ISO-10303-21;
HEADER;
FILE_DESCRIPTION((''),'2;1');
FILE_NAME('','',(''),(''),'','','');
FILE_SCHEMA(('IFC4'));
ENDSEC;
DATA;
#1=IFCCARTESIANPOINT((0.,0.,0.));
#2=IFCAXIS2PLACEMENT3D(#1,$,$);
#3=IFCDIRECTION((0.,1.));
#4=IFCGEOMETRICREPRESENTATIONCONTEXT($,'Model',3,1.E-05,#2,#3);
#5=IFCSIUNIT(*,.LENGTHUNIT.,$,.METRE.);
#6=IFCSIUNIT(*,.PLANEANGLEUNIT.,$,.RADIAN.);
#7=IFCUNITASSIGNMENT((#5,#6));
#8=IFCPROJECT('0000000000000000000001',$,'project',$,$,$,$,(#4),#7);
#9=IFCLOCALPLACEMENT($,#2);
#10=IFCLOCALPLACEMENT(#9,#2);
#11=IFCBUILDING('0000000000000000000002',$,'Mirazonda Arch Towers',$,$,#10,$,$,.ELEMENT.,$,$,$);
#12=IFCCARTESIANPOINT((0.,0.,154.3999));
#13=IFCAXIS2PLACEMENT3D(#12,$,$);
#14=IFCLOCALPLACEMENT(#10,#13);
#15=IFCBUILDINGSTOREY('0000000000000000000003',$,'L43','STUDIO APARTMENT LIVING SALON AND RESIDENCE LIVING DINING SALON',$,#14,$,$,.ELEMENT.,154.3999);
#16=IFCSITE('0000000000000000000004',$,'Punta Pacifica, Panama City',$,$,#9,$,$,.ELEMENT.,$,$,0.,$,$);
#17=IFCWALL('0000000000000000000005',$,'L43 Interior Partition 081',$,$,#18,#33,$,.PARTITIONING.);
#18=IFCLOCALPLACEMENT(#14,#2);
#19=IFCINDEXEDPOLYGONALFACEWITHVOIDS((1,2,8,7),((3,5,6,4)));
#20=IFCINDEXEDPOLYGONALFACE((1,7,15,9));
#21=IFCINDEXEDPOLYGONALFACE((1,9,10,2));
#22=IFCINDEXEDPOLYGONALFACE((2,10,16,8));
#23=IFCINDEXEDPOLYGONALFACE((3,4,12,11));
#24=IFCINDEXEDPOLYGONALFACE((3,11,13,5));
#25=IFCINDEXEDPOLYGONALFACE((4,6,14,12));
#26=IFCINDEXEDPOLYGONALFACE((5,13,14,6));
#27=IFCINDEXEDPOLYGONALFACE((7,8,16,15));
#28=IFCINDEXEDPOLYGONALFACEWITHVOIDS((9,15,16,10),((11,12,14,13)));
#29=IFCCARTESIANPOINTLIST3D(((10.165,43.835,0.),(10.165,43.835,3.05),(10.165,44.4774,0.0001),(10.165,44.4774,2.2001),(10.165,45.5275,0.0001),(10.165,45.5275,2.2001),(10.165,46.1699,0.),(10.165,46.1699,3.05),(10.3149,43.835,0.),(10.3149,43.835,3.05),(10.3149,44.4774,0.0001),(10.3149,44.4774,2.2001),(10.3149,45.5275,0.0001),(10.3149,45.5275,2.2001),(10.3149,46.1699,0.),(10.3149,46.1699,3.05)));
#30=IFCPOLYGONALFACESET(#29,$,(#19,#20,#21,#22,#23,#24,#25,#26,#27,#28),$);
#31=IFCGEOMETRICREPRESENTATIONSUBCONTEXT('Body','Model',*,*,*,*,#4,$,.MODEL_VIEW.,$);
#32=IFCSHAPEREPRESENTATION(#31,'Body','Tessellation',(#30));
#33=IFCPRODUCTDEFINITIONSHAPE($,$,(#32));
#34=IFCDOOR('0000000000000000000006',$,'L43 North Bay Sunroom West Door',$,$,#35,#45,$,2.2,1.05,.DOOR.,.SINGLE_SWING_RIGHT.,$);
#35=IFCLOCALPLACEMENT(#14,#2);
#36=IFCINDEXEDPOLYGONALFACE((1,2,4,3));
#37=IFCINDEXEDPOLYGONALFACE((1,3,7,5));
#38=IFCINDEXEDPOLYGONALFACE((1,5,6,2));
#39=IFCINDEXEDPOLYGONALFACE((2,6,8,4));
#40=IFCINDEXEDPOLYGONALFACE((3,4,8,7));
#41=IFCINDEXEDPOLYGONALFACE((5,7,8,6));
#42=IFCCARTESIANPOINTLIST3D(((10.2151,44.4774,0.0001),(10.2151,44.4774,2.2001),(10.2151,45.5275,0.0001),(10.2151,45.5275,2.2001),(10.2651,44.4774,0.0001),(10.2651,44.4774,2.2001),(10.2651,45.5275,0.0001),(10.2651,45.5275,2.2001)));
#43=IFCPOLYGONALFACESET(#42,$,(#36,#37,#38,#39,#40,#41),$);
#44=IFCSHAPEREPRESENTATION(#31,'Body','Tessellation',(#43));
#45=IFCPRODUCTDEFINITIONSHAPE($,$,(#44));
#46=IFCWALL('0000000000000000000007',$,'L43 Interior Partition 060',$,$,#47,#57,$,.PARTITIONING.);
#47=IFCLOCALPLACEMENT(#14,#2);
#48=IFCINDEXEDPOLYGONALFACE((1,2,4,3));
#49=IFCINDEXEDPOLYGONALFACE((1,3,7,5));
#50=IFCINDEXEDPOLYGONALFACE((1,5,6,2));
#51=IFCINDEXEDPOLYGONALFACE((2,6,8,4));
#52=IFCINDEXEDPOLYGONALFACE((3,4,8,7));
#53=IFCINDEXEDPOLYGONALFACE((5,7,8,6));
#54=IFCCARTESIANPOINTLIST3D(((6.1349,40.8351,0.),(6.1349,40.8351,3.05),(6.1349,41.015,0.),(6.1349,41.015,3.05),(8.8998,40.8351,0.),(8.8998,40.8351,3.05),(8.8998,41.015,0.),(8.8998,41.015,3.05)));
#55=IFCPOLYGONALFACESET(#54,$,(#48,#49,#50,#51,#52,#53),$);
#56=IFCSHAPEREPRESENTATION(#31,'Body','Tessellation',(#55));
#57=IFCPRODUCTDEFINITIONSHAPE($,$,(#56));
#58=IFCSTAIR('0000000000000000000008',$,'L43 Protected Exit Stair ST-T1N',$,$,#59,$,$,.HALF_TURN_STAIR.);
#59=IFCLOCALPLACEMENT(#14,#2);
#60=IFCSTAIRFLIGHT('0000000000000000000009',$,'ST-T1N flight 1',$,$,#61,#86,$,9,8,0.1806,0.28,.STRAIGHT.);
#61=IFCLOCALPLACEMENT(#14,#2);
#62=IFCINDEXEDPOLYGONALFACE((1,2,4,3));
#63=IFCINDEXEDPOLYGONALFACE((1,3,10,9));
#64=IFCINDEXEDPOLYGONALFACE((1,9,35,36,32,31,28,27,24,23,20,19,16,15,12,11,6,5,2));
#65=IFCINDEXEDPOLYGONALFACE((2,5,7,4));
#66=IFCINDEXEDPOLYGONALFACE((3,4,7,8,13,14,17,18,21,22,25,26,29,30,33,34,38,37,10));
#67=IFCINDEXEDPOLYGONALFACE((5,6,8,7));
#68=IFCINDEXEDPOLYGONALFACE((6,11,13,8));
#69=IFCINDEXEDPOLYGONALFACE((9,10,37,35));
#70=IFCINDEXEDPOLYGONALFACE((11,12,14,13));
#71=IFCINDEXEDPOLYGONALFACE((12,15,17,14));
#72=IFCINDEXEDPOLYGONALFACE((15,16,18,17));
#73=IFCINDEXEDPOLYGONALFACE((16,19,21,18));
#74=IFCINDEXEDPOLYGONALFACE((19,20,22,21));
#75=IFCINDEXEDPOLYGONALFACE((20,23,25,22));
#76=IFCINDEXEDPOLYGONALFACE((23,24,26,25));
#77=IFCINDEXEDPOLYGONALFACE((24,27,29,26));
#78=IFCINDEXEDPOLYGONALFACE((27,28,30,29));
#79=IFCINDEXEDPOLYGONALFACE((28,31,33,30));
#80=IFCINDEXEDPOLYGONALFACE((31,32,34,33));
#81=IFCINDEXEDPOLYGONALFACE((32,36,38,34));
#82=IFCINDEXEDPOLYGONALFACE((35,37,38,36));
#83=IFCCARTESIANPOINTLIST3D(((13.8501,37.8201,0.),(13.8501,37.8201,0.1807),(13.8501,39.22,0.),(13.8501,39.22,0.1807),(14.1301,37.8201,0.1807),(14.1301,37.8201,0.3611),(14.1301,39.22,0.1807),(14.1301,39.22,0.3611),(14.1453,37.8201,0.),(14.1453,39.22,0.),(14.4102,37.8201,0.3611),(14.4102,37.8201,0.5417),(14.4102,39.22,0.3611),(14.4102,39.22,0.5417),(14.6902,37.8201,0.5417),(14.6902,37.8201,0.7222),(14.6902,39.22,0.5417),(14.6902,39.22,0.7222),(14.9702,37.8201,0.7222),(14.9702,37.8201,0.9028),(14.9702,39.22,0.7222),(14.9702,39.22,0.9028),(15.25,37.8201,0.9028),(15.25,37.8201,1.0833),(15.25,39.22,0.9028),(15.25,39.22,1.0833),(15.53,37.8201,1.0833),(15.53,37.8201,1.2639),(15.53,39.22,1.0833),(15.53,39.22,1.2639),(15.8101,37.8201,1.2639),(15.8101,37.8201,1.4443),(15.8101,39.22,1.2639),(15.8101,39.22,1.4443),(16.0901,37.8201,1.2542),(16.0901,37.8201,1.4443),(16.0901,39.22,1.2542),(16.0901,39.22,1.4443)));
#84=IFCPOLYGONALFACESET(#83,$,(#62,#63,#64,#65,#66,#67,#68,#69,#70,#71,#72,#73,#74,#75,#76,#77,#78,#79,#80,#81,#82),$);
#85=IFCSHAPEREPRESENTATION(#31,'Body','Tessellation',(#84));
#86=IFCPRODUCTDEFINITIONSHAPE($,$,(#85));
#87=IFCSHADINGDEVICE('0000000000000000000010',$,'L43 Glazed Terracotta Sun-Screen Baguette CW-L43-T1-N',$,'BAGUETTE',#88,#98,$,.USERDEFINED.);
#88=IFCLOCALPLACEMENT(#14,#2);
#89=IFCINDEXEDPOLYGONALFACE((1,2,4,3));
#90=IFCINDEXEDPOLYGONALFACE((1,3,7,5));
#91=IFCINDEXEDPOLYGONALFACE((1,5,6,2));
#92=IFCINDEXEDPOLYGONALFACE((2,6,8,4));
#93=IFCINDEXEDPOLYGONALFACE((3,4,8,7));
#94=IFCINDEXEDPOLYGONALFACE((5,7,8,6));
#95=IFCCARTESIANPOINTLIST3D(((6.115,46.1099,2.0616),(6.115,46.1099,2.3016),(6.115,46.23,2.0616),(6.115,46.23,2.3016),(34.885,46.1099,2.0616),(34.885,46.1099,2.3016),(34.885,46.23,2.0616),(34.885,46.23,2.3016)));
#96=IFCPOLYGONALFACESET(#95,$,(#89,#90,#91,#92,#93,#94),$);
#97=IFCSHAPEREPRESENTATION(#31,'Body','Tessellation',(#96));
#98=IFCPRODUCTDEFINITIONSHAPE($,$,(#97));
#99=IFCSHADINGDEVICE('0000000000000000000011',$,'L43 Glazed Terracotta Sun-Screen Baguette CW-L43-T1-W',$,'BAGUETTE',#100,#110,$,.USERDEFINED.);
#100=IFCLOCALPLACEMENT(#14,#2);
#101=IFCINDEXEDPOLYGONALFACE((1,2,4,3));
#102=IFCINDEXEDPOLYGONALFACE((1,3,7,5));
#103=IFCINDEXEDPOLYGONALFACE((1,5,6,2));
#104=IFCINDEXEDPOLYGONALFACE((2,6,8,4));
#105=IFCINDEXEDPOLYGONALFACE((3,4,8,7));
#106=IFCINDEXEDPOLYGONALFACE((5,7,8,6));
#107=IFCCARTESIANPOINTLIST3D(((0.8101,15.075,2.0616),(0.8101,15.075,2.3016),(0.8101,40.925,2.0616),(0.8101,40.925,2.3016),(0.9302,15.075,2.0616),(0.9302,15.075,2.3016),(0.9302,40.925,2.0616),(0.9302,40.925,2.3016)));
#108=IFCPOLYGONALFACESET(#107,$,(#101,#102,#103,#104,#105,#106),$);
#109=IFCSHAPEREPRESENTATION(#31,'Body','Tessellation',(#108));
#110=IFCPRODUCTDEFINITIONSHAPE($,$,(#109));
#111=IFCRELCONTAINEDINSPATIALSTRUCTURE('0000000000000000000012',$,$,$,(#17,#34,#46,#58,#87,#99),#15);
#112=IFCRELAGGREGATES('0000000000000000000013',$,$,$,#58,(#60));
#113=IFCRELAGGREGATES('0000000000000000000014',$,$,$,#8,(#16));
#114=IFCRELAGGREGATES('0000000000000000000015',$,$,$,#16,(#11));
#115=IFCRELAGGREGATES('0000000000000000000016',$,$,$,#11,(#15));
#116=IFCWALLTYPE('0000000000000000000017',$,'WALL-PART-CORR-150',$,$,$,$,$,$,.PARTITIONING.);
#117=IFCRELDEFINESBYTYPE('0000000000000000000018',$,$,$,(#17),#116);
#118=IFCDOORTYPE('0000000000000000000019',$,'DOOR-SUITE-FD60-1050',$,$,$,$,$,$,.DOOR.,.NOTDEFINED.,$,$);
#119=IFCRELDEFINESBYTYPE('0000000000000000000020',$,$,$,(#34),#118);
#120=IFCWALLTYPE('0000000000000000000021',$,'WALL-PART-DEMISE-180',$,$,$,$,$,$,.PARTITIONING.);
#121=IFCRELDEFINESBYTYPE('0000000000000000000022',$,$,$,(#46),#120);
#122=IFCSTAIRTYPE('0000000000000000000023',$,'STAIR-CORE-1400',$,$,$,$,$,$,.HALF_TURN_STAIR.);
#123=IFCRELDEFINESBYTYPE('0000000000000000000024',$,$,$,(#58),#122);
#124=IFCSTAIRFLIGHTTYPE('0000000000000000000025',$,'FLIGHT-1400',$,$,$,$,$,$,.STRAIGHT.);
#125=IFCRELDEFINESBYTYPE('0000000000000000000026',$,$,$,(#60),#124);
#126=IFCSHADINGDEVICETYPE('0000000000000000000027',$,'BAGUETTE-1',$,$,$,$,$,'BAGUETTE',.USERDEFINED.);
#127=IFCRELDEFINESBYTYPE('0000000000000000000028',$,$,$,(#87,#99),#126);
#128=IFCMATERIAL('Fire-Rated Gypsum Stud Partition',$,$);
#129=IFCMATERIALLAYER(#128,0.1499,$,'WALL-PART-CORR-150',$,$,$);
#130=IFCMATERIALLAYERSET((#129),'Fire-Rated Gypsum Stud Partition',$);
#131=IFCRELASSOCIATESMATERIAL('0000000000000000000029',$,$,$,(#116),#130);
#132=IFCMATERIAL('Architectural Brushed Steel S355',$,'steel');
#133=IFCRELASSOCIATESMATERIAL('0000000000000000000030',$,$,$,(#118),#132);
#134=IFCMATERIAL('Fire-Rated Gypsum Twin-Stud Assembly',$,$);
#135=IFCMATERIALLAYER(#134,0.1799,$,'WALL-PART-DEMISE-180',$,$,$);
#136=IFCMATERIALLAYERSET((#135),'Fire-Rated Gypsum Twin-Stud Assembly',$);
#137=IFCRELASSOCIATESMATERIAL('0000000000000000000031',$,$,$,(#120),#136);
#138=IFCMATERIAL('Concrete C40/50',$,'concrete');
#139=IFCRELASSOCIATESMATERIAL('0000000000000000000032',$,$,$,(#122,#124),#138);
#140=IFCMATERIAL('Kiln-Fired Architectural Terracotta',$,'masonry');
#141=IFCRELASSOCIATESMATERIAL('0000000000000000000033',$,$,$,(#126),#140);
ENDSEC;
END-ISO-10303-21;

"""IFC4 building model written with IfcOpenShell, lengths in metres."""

from ifc_helpers import new_model, si_unit, direction, frame, frame_2d, origin, origin_2d, place, context, subcontext, project, spatial, polyline, rectangle, outline, extrude, material, layer, layer_set, material_profile, profile_set, type_object, element, fill, aggregate, save


model = new_model("IFC4")

# Units and contexts
model_context = context("Model", 3, precision=1e-05, world=origin(), true_north=direction((0.0, 1.0)))
body_context = subcontext(model_context, "Body", "Model", "MODEL_VIEW")
ifc_project = project(units=[si_unit("LENGTHUNIT", "METRE"), si_unit("PLANEANGLEUNIT", "RADIAN")], contexts=[model_context])

# Site, building, storey
site_placement = place(None, origin())
site = spatial("IfcSite", under=ifc_project, at=site_placement, Name="Punta Pacifica, Panama City", CompositionType="ELEMENT", RefElevation=0.0)
building_placement = place(site_placement, origin())
building = spatial("IfcBuilding", under=site, at=building_placement, Name="Mirazonda Arch Towers", CompositionType="ELEMENT")
storey_placement = place(building_placement, frame((0.0, 0.0, 154.3999)))
storey = spatial("IfcBuildingStorey", under=building, at=storey_placement, Name="L43", Description="STUDIO APARTMENT LIVING SALON AND RESIDENCE LIVING DINING SALON", CompositionType="ELEMENT", Elevation=154.3999)

# Shared definitions
ifc_material_1 = material(Name="Fire-Rated Gypsum Stud Partition")
ifc_layer_1 = layer(ifc_material_1, 0.1499, Name="WALL-PART-CORR-150")
ifc_layer_set_1 = layer_set([ifc_layer_1], Name="Fire-Rated Gypsum Stud Partition")
wall_type_1 = type_object("IfcWallType", Name="WALL-PART-CORR-150", PredefinedType="PARTITIONING", material=ifc_layer_set_1)

# Wall, opening, door
wall_1_placement = place(storey_placement, frame((10.24, 43.835, 0.0), z_axis=(0.0, 0.0, 1.0), x_axis=(0.0, 1.0, 0.0)))
wall_1 = element("IfcWall", 1, at=wall_1_placement, inside=storey, type_object=wall_type_1, Name="L43 Interior Partition 081", PredefinedType="PARTITIONING", context=body_context, shape_type="SweptSolid", body=[
    extrude(rectangle(XDim=2.335, YDim=0.1499, at=frame_2d((1.1675, 0.0))), origin(), (0.0, 0.0, 1.0), 3.05),
])
opening_1_placement = place(wall_1_placement, frame((0.6426, 0.0, 0.0)))
opening_1 = element("IfcOpeningElement", 2, at=opening_1_placement, cuts=wall_1, PredefinedType="OPENING", context=body_context, shape_type="SweptSolid", body=[
    extrude(rectangle(XDim=1.05, YDim=2.2, at=frame_2d((0.5249, 1.1001))), frame((0.0, 0.085, 0.0), z_axis=(0.0, -1.0, 0.0), x_axis=(1.0, 0.0, 0.0)), (0.0, 0.0, 1.0), 0.1699),
])
ifc_material_2 = material(Name="Architectural Brushed Steel S355", Category="steel")
door_type_1 = type_object("IfcDoorType", Name="DOOR-SUITE-FD60-1050", OperationType="NOTDEFINED", PredefinedType="DOOR", material=ifc_material_2)
door_1_placement = place(opening_1_placement, origin())
door_1 = element("IfcDoor", 3, at=door_1_placement, inside=storey, type_object=door_type_1, Name="L43 North Bay Sunroom West Door", OperationType="SINGLE_SWING_RIGHT", OverallHeight=2.2, OverallWidth=1.05, PredefinedType="DOOR", context=body_context, shape_type="SweptSolid", body=[
    extrude(rectangle(XDim=1.05, YDim=2.2, at=frame_2d((0.5249, 1.1001))), frame((0.0, 0.0249, 0.0), z_axis=(0.0, -1.0, 0.0), x_axis=(1.0, 0.0, 0.0)), (0.0, 0.0, 1.0), 0.05),
])
fill(opening_1, door_1)

# Wall
ifc_material_3 = material(Name="Fire-Rated Gypsum Twin-Stud Assembly")
ifc_layer_2 = layer(ifc_material_3, 0.1799, Name="WALL-PART-DEMISE-180")
ifc_layer_set_2 = layer_set([ifc_layer_2], Name="Fire-Rated Gypsum Twin-Stud Assembly")
wall_type_2 = type_object("IfcWallType", Name="WALL-PART-DEMISE-180", PredefinedType="PARTITIONING", material=ifc_layer_set_2)
wall_2_placement = place(storey_placement, frame((6.135, 40.925, 0.0), z_axis=(0.0, 0.0, 1.0), x_axis=(1.0, 0.0, 0.0)))
element("IfcWall", 4, at=wall_2_placement, inside=storey, type_object=wall_type_2, Name="L43 Interior Partition 060", PredefinedType="PARTITIONING", context=body_context, shape_type="SweptSolid", body=[
    extrude(rectangle(XDim=2.7649, YDim=0.1799, at=frame_2d((1.3823, 0.0))), origin(), (0.0, 0.0, 1.0), 3.05),
])

# Stair, stair flight
ifc_material_4 = material(Name="Concrete C40/50", Category="concrete")
stair_type = type_object("IfcStairType", Name="STAIR-CORE-1400", PredefinedType="HALF_TURN_STAIR", material=ifc_material_4)
stair_placement = place(storey_placement, origin())
stair = element("IfcStair", 5, at=stair_placement, inside=storey, type_object=stair_type, Name="L43 Protected Exit Stair ST-T1N", PredefinedType="HALF_TURN_STAIR")
stair_flight_type = type_object("IfcStairFlightType", Name="FLIGHT-1400", PredefinedType="STRAIGHT", material=ifc_material_4)
stair_flight_placement = place(storey_placement, frame((13.8501, 38.52, 0.0), z_axis=(0.0, 0.0, 1.0), x_axis=(1.0, 0.0, 0.0)))
stair_flight = element("IfcStairFlight", 6, at=stair_flight_placement, type_object=stair_flight_type, Name="ST-T1N flight 1", NumberOfRisers=9, NumberOfTreads=8, PredefinedType="STRAIGHT", RiserHeight=0.1806, TreadLength=0.28, context=body_context, shape_type="SweptSolid", body=[
    extrude(outline(polyline([(0.0, 0.0), (0.0, 0.1807), (0.28, 0.1807), (0.28, 0.3611), (0.5601, 0.3611), (0.5601, 0.5417), (0.8401, 0.5417), (0.8401, 0.7222), (1.1201, 0.7222), (1.1201, 0.9028), (1.3999, 0.9028), (1.3999, 1.0833), (1.6799, 1.0833), (1.6799, 1.2639), (1.96, 1.2639), (1.96, 1.4443), (2.24, 1.4443), (2.24, 1.625), (2.24, 1.2542), (0.2952, 0.0), (0.0, 0.0)])), frame((0.0, 0.7, 0.0), z_axis=(0.0, -1.0, 0.0), x_axis=(1.0, 0.0, 0.0)), (0.0, 0.0, 1.0), 1.3999),
])
aggregate(stair, [stair_flight])

# Shading devices
ifc_material_5 = material(Name="Kiln-Fired Architectural Terracotta", Category="masonry")
ifc_material_profile_1 = material_profile(ifc_material_5, rectangle(XDim=0.1201, YDim=0.24, at=origin_2d()), Name="TERRA-BAG-120x240")
ifc_profile_set_1 = profile_set([ifc_material_profile_1], Name="Kiln-Fired Architectural Terracotta")
shading_device_type = type_object("IfcShadingDeviceType", Name="BAGUETTE-1", ElementType="BAGUETTE", PredefinedType="USERDEFINED", material=ifc_profile_set_1)
shading_device_1_placement = place(storey_placement, frame((6.115, 46.1699, 2.1816), z_axis=(1.0, 0.0, 0.0), x_axis=(0.0, 1.0, 0.0)))
element("IfcShadingDevice", 7, at=shading_device_1_placement, inside=storey, type_object=shading_device_type, Name="L43 Glazed Terracotta Sun-Screen Baguette CW-L43-T1-N", ObjectType="BAGUETTE", PredefinedType="USERDEFINED", context=body_context, shape_type="SweptSolid", body=[
    extrude(rectangle(XDim=0.1201, YDim=0.24, at=origin_2d()), origin(), (0.0, 0.0, 1.0), 28.77),
])
shading_device_2_placement = place(storey_placement, frame((0.8701, 40.925, 2.1816), z_axis=(0.0, -1.0, 0.0), x_axis=(1.0, 0.0, 0.0)))
element("IfcShadingDevice", 8, at=shading_device_2_placement, inside=storey, type_object=shading_device_type, Name="L43 Glazed Terracotta Sun-Screen Baguette CW-L43-T1-W", ObjectType="BAGUETTE", PredefinedType="USERDEFINED", context=body_context, shape_type="SweptSolid", body=[
    extrude(rectangle(XDim=0.1201, YDim=0.24, at=origin_2d()), origin(), (0.0, 0.0, 1.0), 25.8501),
])

save(model, "model.ifc")
